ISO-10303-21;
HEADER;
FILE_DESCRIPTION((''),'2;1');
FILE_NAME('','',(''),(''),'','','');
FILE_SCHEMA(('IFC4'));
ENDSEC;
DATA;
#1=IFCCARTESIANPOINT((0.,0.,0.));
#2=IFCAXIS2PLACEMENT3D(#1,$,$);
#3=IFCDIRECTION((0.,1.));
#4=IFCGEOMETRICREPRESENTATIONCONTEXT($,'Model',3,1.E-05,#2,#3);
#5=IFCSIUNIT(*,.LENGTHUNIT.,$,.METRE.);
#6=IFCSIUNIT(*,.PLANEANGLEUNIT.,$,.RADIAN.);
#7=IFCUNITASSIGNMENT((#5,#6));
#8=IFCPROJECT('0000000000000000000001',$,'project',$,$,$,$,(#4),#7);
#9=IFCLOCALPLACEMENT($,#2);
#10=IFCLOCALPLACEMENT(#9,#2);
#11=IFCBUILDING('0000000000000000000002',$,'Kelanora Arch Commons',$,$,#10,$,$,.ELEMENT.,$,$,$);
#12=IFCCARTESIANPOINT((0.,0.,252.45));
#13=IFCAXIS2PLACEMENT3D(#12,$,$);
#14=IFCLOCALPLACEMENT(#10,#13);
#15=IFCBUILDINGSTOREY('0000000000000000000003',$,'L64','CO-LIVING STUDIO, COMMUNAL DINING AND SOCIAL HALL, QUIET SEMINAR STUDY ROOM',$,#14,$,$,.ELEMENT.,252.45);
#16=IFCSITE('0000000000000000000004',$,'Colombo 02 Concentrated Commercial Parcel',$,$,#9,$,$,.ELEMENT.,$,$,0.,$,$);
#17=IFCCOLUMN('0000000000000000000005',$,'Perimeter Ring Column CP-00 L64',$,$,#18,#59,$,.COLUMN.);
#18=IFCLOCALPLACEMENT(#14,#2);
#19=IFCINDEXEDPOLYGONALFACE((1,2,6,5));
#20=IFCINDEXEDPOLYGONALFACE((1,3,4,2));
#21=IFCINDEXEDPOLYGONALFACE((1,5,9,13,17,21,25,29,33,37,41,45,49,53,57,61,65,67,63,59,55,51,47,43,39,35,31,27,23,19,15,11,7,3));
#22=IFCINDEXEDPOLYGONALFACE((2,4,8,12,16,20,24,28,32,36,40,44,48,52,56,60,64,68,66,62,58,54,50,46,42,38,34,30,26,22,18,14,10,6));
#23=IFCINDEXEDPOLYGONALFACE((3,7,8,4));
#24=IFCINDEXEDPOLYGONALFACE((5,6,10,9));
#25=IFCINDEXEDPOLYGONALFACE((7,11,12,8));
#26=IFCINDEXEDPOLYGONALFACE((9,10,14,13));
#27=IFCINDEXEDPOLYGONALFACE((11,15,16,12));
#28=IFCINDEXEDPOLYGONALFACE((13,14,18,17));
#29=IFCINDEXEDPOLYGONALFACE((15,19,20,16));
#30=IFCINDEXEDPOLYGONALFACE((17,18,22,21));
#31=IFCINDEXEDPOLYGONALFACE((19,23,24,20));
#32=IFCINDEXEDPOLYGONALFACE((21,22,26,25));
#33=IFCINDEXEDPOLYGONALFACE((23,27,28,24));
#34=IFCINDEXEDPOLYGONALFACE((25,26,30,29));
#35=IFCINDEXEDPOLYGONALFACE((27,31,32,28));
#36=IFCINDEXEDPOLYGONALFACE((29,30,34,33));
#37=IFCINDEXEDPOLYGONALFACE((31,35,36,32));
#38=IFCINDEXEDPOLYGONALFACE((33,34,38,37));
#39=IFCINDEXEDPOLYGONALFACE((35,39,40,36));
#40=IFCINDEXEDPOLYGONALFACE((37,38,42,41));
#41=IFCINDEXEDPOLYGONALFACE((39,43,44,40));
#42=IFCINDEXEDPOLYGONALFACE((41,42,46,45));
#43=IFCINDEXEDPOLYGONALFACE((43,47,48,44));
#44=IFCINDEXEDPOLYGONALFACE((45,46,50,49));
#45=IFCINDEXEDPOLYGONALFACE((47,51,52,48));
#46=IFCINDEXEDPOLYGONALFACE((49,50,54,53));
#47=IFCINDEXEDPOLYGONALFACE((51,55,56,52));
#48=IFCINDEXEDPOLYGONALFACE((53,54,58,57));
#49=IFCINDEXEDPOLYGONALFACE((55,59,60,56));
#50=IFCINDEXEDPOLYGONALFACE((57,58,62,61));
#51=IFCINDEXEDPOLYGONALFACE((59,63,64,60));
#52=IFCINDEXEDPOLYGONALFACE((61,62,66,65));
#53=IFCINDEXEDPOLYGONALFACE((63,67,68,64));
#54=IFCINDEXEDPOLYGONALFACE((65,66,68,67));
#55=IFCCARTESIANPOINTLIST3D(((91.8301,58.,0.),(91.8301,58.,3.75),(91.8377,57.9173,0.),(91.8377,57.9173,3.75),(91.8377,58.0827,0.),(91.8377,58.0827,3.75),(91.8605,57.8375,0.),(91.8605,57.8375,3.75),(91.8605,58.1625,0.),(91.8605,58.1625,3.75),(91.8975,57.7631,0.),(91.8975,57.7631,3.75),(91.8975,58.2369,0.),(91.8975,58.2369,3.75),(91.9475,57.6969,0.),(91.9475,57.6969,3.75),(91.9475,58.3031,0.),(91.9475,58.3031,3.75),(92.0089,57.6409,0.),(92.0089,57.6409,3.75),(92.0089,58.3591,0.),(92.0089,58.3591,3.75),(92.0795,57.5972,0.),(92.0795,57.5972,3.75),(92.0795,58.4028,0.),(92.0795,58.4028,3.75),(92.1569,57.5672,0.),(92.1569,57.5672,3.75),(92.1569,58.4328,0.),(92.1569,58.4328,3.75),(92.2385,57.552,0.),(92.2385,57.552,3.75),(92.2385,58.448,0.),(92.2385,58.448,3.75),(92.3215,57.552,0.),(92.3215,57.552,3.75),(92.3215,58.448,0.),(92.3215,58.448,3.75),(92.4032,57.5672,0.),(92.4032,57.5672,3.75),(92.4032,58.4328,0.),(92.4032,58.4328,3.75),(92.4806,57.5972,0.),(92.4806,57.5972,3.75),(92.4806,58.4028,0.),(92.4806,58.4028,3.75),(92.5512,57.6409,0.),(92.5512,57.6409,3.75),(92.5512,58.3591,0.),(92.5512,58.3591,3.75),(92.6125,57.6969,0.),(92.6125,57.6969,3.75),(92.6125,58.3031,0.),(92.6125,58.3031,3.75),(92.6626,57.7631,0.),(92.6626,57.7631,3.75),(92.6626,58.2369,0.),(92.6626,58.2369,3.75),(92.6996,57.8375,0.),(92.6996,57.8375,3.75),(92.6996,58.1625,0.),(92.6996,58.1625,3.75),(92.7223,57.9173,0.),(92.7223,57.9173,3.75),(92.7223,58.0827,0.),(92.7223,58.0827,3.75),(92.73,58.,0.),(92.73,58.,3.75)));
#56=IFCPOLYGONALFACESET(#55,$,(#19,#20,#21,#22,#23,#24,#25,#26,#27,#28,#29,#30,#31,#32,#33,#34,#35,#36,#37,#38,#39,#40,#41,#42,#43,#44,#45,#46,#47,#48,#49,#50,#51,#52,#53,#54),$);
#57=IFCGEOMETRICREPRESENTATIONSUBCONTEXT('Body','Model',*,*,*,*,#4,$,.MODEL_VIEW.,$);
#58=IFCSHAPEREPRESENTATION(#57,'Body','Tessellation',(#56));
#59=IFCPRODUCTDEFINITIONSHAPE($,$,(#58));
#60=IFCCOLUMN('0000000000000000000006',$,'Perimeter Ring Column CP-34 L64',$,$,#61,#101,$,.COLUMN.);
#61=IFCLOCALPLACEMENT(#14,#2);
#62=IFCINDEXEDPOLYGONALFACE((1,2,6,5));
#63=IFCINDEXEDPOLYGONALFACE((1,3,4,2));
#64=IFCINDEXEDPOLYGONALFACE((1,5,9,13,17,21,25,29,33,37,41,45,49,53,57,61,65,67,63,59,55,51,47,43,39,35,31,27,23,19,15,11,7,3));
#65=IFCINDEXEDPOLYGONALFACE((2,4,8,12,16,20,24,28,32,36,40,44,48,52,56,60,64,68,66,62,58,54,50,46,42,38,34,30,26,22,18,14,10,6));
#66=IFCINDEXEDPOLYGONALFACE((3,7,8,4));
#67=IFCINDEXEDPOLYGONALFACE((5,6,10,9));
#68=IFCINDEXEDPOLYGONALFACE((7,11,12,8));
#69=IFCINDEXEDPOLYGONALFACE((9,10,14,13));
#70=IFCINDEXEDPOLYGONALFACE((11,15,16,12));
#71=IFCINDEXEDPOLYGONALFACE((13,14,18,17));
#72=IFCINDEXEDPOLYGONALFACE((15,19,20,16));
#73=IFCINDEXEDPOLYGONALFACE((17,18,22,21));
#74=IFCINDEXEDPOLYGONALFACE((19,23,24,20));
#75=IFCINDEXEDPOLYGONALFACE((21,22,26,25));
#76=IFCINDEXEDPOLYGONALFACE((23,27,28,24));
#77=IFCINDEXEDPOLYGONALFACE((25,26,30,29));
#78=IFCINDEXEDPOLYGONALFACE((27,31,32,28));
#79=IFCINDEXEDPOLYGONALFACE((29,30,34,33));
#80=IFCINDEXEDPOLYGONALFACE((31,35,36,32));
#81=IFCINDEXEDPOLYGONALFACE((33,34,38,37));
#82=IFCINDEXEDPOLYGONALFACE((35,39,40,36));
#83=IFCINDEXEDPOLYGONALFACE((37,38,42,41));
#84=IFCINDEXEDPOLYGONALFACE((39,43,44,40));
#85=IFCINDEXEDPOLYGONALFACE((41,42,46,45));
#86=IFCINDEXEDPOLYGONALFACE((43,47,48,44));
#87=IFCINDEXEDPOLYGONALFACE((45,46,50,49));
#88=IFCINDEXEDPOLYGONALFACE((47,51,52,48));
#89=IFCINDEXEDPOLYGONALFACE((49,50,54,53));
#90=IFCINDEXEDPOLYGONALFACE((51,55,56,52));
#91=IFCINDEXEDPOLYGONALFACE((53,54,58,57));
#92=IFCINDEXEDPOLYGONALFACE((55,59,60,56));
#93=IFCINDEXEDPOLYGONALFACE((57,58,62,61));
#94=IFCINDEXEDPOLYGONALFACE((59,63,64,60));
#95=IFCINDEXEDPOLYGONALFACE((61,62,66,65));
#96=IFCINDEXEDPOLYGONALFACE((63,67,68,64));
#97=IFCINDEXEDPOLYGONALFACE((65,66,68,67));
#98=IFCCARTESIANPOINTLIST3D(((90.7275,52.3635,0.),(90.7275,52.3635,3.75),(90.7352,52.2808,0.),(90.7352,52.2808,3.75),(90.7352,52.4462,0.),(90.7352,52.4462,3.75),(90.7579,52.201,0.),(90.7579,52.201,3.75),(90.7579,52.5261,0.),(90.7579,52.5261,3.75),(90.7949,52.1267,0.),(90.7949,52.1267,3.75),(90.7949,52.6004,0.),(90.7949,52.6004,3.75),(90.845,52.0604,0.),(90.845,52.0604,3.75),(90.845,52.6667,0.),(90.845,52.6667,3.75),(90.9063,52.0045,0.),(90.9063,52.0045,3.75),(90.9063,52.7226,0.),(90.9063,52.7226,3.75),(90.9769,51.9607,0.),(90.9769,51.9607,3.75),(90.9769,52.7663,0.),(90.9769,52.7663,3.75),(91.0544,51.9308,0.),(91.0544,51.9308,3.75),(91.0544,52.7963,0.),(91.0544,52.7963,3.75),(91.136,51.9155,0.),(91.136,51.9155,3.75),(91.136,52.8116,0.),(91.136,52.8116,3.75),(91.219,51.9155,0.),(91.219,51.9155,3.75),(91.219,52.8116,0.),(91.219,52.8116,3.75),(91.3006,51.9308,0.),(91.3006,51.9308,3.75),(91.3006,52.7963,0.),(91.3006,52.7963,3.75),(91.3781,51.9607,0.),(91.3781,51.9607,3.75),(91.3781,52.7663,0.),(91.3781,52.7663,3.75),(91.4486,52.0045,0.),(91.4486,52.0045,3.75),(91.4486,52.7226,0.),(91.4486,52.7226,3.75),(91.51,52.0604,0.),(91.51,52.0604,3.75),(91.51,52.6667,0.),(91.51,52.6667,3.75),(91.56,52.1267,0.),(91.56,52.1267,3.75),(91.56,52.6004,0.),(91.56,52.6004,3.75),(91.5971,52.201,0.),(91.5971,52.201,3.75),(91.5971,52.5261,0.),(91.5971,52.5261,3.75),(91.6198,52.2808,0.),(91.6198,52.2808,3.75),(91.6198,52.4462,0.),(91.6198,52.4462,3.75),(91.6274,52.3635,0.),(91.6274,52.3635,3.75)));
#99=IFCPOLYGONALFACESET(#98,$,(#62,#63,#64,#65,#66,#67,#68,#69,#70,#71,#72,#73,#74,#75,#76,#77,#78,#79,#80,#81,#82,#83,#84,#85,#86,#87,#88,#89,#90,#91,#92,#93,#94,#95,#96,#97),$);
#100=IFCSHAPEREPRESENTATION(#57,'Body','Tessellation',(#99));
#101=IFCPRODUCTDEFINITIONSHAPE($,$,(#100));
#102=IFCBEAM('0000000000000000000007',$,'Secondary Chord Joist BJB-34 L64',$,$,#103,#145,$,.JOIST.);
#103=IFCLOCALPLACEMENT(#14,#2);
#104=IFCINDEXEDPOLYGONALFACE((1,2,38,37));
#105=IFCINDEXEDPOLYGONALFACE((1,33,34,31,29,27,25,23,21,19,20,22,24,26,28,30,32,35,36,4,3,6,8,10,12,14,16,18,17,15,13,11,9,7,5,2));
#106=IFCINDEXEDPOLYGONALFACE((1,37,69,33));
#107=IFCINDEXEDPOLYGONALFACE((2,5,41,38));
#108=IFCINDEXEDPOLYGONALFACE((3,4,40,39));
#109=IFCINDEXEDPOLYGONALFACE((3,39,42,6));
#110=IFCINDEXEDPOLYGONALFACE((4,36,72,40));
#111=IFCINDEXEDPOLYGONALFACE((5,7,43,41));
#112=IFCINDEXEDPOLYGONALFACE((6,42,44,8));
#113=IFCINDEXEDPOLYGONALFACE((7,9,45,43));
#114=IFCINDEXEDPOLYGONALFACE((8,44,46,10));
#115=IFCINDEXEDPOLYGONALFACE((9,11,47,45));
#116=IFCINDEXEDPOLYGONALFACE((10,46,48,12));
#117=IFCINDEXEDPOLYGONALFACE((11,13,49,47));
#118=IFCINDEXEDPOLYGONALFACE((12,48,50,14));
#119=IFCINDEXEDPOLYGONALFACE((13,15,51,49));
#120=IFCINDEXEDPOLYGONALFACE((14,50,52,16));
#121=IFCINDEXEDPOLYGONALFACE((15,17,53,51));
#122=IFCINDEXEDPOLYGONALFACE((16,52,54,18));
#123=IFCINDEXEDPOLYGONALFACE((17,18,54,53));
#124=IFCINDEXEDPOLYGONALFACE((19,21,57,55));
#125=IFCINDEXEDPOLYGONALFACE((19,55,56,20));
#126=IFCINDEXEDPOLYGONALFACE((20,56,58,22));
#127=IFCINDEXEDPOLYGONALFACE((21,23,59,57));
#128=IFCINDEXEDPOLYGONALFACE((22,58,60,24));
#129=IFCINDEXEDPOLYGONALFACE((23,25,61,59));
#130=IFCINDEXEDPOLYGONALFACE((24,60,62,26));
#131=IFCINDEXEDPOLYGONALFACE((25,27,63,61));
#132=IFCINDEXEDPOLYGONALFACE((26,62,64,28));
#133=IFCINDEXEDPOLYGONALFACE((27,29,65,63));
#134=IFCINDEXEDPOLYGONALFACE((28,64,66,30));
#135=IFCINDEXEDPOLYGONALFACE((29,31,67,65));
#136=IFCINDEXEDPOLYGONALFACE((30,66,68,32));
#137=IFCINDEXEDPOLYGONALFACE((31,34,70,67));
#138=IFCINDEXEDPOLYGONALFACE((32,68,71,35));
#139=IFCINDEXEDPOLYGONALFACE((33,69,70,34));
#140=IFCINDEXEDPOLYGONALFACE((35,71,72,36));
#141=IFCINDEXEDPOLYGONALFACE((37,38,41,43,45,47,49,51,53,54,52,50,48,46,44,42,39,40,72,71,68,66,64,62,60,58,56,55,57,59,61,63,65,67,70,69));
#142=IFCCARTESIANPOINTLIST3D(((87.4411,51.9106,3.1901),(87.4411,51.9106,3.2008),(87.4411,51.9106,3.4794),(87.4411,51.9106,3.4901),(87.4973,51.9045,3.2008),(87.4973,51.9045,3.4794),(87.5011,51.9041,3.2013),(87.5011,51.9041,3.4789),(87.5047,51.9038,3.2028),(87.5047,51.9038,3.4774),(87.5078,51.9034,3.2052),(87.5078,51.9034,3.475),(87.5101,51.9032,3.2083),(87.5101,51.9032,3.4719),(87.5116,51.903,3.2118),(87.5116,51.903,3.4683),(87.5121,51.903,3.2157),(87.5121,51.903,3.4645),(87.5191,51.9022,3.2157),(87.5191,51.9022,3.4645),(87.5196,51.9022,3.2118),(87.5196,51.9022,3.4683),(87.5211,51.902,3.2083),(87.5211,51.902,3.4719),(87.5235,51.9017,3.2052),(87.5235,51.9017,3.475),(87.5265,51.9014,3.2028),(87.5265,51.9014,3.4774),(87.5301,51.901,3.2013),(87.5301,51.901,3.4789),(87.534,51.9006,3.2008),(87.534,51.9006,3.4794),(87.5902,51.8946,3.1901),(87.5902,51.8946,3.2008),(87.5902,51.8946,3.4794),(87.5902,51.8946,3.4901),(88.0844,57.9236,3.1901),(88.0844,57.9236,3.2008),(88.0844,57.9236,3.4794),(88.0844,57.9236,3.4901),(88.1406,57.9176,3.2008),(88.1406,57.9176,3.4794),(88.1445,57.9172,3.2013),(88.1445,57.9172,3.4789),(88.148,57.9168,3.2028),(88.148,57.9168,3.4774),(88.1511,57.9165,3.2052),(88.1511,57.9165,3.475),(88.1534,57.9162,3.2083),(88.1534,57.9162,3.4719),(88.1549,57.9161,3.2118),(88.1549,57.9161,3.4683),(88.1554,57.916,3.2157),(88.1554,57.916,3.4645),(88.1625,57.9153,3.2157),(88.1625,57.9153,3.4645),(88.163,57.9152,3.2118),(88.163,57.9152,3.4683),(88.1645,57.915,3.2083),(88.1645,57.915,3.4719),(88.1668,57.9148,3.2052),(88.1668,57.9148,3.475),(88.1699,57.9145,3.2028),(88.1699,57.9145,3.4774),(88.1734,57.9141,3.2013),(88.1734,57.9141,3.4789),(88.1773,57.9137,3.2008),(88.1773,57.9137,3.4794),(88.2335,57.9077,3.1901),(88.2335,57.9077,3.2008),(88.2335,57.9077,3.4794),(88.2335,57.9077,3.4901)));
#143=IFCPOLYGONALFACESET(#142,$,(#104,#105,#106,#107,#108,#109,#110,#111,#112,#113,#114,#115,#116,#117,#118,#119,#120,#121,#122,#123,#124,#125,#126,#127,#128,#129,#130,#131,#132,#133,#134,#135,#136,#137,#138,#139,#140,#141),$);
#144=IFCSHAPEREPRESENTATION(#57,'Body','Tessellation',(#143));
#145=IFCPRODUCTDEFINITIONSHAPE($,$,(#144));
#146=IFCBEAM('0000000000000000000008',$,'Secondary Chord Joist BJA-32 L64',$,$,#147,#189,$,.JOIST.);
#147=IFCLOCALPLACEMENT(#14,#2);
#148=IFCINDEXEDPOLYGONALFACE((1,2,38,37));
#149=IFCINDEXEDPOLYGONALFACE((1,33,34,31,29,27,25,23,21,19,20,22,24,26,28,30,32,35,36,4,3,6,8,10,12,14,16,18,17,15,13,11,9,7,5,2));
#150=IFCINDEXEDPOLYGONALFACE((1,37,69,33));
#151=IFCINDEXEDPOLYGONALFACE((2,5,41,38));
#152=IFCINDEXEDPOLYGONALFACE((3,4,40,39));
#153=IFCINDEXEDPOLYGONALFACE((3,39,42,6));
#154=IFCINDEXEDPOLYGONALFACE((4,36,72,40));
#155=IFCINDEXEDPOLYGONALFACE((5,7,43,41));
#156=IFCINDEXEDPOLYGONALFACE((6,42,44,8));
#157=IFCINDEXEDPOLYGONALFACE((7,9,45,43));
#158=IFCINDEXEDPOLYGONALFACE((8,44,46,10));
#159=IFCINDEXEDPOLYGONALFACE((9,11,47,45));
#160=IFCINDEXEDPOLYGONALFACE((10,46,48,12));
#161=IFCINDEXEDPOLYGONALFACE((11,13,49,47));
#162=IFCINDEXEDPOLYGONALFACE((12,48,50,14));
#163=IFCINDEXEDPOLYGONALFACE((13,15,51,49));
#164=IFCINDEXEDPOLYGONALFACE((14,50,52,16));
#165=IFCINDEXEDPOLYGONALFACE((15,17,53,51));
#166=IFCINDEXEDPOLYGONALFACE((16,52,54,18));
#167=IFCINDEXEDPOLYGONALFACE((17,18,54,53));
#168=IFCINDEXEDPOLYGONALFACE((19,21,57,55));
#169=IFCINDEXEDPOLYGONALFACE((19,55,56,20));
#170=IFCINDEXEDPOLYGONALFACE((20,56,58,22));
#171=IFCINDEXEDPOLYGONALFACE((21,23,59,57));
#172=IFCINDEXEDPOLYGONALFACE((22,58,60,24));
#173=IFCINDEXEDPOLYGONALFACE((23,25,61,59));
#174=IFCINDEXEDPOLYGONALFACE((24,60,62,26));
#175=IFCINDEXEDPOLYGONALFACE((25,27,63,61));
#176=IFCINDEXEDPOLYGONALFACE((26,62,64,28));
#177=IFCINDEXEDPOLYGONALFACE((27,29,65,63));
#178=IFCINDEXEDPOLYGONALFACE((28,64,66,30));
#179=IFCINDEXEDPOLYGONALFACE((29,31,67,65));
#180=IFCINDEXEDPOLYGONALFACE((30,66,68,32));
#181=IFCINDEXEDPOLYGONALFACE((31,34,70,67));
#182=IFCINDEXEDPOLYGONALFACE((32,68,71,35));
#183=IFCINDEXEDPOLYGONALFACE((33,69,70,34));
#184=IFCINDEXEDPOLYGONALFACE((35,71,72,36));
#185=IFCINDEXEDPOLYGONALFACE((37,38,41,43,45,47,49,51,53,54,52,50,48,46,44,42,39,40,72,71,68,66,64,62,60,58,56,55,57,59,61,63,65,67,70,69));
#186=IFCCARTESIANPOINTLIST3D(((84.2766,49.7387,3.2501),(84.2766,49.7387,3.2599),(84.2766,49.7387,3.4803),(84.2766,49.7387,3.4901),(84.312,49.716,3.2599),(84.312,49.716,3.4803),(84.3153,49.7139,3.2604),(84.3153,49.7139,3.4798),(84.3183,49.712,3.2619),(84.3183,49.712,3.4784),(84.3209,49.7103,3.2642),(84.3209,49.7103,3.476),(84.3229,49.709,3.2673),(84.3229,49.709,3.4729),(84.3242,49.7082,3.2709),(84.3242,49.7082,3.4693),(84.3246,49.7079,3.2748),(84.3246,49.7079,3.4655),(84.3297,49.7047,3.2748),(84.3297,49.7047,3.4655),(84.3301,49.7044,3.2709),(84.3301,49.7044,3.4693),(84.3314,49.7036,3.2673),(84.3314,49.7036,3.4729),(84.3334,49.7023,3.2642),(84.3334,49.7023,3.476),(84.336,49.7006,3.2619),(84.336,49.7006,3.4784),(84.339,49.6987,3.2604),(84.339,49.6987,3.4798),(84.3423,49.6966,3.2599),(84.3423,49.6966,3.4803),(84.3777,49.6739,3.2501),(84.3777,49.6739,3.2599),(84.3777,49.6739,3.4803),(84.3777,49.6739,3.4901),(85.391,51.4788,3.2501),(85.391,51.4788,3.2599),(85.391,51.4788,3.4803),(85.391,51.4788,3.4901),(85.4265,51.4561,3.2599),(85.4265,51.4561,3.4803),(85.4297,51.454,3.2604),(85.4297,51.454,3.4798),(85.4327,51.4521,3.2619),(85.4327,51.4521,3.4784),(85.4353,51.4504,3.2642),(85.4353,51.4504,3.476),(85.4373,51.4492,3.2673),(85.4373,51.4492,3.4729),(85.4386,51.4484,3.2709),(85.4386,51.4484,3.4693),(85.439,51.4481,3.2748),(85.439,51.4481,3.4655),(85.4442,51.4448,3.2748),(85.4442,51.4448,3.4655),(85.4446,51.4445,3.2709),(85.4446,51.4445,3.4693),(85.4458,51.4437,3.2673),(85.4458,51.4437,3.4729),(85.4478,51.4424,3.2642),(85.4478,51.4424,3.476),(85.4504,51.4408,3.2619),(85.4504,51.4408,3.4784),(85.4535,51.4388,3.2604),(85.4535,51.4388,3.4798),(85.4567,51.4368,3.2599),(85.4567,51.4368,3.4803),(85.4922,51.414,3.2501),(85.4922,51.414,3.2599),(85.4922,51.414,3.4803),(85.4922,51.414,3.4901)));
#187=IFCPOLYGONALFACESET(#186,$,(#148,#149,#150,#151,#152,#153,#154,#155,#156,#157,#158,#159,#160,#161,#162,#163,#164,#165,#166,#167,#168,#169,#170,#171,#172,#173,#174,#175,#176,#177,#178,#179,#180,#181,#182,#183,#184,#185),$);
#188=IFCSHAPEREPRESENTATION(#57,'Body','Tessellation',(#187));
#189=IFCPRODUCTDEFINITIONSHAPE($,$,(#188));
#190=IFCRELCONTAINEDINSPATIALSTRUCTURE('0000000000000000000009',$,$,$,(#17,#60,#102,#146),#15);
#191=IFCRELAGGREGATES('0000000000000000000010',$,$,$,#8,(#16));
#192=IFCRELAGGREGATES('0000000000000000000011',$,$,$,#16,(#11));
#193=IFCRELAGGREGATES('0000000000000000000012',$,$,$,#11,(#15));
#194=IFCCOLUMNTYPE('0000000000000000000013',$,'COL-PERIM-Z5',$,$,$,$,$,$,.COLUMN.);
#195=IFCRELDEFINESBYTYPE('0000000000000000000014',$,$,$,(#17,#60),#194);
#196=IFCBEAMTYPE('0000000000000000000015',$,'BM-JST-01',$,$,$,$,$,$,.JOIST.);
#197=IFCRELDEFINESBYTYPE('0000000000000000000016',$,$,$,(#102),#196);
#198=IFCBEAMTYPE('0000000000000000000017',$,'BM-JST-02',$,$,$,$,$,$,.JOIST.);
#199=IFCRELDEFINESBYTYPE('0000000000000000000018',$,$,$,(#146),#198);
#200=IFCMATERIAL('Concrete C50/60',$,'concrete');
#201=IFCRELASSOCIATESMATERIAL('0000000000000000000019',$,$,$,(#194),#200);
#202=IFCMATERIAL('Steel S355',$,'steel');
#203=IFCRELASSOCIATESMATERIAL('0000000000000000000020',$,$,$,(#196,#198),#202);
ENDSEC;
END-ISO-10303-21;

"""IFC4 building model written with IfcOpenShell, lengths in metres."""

from ifc_helpers import new_model, si_unit, direction, frame, origin, origin_2d, place, context, subcontext, project, spatial, circle, i_section, extrude, material, material_profile, profile_set, type_object, element, save


model = new_model("IFC4")

# Units and contexts
model_context = context("Model", 3, precision=1e-05, world=origin(), true_north=direction((0.0, 1.0)))
body_context = subcontext(model_context, "Body", "Model", "MODEL_VIEW")
ifc_project = project(units=[si_unit("LENGTHUNIT", "METRE"), si_unit("PLANEANGLEUNIT", "RADIAN")], contexts=[model_context])

# Site, building, storey
site_placement = place(None, origin())
site = spatial("IfcSite", under=ifc_project, at=site_placement, Name="Colombo 02 Concentrated Commercial Parcel", CompositionType="ELEMENT", RefElevation=0.0)
building_placement = place(site_placement, origin())
building = spatial("IfcBuilding", under=site, at=building_placement, Name="Kelanora Arch Commons", CompositionType="ELEMENT")
storey_placement = place(building_placement, frame((0.0, 0.0, 252.45)))
storey = spatial("IfcBuildingStorey", under=building, at=storey_placement, Name="L64", Description="CO-LIVING STUDIO, COMMUNAL DINING AND SOCIAL HALL, QUIET SEMINAR STUDY ROOM", CompositionType="ELEMENT", Elevation=252.45)

# Columns
ifc_material_1 = material(Name="Concrete C50/60", Category="concrete")
ifc_material_profile_1 = material_profile(ifc_material_1, circle(Radius=0.45, at=origin_2d()), Name="RCC900")
ifc_profile_set_1 = profile_set([ifc_material_profile_1], Name="Concrete C50/60")
column_type = type_object("IfcColumnType", Name="COL-PERIM-Z5", PredefinedType="COLUMN", material=ifc_profile_set_1)
for number, where, z_axis, x_axis, name in (
    (1, (92.28, 58.0, 0.0), (0.0, 0.0, 1.0), (1.0, 0.0, 0.0), "Perimeter Ring Column CP-00 L64"),
    (2, (91.1775, 52.3635, 0.0), (0.0, 0.0, 1.0), (1.0, 0.0, 0.0), "Perimeter Ring Column CP-34 L64"),
):
    element("IfcColumn", number, at=place(storey_placement, frame(where, z_axis=z_axis, x_axis=x_axis)), inside=storey, type_object=column_type, Name=name, PredefinedType="COLUMN", context=body_context, shape_type="SweptSolid", body=[
        extrude(circle(Radius=0.45, at=origin_2d()), origin(), (0.0, 0.0, 1.0), 3.75),
    ])

# Beams
ifc_material_2 = material(Name="Steel S355", Category="steel")
ifc_material_profile_2 = material_profile(ifc_material_2, i_section(OverallWidth=0.1499, OverallDepth=0.3, WebThickness=0.0071, FlangeThickness=0.0107, FilletRadius=0.0149, at=origin_2d()), Name="IPE300")
ifc_profile_set_2 = profile_set([ifc_material_profile_2], Name="Steel S355")
beam_type_1 = type_object("IfcBeamType", Name="BM-JST-01", PredefinedType="JOIST", material=ifc_profile_set_2)
beam_1_placement = place(storey_placement, frame((87.5156, 51.9026, 3.3401), z_axis=(0.106381, 0.994325, 0.0), x_axis=(-0.994325, 0.106381, 0.0)))
element("IfcBeam", 3, at=beam_1_placement, inside=storey, type_object=beam_type_1, Name="Secondary Chord Joist BJB-34 L64", PredefinedType="JOIST", context=body_context, shape_type="SweptSolid", body=[
    extrude(i_section(OverallWidth=0.1499, OverallDepth=0.3, WebThickness=0.0071, FlangeThickness=0.0107, FilletRadius=0.0149, at=origin_2d()), origin(), (0.0, 0.0, 1.0), 6.0474),
])
ifc_material_profile_3 = material_profile(ifc_material_2, i_section(OverallWidth=0.1201, OverallDepth=0.24, WebThickness=0.0061, FlangeThickness=0.0098, FilletRadius=0.0149, at=origin_2d()), Name="IPE240")
ifc_profile_set_3 = profile_set([ifc_material_profile_3], Name="Steel S355")
beam_type_2 = type_object("IfcBeamType", Name="BM-JST-02", PredefinedType="JOIST", material=ifc_profile_set_3)
beam_2_placement = place(storey_placement, frame((84.3271, 49.7063, 3.3701), z_axis=(0.539312, 0.842106, 0.0), x_axis=(-0.842106, 0.539312, 0.0)))
element("IfcBeam", 4, at=beam_2_placement, inside=storey, type_object=beam_type_2, Name="Secondary Chord Joist BJA-32 L64", PredefinedType="JOIST", context=body_context, shape_type="SweptSolid", body=[
    extrude(i_section(OverallWidth=0.1201, OverallDepth=0.24, WebThickness=0.0061, FlangeThickness=0.0098, FilletRadius=0.0149, at=origin_2d()), origin(), (0.0, 0.0, 1.0), 2.0664),
])

save(model, "model.ifc")
